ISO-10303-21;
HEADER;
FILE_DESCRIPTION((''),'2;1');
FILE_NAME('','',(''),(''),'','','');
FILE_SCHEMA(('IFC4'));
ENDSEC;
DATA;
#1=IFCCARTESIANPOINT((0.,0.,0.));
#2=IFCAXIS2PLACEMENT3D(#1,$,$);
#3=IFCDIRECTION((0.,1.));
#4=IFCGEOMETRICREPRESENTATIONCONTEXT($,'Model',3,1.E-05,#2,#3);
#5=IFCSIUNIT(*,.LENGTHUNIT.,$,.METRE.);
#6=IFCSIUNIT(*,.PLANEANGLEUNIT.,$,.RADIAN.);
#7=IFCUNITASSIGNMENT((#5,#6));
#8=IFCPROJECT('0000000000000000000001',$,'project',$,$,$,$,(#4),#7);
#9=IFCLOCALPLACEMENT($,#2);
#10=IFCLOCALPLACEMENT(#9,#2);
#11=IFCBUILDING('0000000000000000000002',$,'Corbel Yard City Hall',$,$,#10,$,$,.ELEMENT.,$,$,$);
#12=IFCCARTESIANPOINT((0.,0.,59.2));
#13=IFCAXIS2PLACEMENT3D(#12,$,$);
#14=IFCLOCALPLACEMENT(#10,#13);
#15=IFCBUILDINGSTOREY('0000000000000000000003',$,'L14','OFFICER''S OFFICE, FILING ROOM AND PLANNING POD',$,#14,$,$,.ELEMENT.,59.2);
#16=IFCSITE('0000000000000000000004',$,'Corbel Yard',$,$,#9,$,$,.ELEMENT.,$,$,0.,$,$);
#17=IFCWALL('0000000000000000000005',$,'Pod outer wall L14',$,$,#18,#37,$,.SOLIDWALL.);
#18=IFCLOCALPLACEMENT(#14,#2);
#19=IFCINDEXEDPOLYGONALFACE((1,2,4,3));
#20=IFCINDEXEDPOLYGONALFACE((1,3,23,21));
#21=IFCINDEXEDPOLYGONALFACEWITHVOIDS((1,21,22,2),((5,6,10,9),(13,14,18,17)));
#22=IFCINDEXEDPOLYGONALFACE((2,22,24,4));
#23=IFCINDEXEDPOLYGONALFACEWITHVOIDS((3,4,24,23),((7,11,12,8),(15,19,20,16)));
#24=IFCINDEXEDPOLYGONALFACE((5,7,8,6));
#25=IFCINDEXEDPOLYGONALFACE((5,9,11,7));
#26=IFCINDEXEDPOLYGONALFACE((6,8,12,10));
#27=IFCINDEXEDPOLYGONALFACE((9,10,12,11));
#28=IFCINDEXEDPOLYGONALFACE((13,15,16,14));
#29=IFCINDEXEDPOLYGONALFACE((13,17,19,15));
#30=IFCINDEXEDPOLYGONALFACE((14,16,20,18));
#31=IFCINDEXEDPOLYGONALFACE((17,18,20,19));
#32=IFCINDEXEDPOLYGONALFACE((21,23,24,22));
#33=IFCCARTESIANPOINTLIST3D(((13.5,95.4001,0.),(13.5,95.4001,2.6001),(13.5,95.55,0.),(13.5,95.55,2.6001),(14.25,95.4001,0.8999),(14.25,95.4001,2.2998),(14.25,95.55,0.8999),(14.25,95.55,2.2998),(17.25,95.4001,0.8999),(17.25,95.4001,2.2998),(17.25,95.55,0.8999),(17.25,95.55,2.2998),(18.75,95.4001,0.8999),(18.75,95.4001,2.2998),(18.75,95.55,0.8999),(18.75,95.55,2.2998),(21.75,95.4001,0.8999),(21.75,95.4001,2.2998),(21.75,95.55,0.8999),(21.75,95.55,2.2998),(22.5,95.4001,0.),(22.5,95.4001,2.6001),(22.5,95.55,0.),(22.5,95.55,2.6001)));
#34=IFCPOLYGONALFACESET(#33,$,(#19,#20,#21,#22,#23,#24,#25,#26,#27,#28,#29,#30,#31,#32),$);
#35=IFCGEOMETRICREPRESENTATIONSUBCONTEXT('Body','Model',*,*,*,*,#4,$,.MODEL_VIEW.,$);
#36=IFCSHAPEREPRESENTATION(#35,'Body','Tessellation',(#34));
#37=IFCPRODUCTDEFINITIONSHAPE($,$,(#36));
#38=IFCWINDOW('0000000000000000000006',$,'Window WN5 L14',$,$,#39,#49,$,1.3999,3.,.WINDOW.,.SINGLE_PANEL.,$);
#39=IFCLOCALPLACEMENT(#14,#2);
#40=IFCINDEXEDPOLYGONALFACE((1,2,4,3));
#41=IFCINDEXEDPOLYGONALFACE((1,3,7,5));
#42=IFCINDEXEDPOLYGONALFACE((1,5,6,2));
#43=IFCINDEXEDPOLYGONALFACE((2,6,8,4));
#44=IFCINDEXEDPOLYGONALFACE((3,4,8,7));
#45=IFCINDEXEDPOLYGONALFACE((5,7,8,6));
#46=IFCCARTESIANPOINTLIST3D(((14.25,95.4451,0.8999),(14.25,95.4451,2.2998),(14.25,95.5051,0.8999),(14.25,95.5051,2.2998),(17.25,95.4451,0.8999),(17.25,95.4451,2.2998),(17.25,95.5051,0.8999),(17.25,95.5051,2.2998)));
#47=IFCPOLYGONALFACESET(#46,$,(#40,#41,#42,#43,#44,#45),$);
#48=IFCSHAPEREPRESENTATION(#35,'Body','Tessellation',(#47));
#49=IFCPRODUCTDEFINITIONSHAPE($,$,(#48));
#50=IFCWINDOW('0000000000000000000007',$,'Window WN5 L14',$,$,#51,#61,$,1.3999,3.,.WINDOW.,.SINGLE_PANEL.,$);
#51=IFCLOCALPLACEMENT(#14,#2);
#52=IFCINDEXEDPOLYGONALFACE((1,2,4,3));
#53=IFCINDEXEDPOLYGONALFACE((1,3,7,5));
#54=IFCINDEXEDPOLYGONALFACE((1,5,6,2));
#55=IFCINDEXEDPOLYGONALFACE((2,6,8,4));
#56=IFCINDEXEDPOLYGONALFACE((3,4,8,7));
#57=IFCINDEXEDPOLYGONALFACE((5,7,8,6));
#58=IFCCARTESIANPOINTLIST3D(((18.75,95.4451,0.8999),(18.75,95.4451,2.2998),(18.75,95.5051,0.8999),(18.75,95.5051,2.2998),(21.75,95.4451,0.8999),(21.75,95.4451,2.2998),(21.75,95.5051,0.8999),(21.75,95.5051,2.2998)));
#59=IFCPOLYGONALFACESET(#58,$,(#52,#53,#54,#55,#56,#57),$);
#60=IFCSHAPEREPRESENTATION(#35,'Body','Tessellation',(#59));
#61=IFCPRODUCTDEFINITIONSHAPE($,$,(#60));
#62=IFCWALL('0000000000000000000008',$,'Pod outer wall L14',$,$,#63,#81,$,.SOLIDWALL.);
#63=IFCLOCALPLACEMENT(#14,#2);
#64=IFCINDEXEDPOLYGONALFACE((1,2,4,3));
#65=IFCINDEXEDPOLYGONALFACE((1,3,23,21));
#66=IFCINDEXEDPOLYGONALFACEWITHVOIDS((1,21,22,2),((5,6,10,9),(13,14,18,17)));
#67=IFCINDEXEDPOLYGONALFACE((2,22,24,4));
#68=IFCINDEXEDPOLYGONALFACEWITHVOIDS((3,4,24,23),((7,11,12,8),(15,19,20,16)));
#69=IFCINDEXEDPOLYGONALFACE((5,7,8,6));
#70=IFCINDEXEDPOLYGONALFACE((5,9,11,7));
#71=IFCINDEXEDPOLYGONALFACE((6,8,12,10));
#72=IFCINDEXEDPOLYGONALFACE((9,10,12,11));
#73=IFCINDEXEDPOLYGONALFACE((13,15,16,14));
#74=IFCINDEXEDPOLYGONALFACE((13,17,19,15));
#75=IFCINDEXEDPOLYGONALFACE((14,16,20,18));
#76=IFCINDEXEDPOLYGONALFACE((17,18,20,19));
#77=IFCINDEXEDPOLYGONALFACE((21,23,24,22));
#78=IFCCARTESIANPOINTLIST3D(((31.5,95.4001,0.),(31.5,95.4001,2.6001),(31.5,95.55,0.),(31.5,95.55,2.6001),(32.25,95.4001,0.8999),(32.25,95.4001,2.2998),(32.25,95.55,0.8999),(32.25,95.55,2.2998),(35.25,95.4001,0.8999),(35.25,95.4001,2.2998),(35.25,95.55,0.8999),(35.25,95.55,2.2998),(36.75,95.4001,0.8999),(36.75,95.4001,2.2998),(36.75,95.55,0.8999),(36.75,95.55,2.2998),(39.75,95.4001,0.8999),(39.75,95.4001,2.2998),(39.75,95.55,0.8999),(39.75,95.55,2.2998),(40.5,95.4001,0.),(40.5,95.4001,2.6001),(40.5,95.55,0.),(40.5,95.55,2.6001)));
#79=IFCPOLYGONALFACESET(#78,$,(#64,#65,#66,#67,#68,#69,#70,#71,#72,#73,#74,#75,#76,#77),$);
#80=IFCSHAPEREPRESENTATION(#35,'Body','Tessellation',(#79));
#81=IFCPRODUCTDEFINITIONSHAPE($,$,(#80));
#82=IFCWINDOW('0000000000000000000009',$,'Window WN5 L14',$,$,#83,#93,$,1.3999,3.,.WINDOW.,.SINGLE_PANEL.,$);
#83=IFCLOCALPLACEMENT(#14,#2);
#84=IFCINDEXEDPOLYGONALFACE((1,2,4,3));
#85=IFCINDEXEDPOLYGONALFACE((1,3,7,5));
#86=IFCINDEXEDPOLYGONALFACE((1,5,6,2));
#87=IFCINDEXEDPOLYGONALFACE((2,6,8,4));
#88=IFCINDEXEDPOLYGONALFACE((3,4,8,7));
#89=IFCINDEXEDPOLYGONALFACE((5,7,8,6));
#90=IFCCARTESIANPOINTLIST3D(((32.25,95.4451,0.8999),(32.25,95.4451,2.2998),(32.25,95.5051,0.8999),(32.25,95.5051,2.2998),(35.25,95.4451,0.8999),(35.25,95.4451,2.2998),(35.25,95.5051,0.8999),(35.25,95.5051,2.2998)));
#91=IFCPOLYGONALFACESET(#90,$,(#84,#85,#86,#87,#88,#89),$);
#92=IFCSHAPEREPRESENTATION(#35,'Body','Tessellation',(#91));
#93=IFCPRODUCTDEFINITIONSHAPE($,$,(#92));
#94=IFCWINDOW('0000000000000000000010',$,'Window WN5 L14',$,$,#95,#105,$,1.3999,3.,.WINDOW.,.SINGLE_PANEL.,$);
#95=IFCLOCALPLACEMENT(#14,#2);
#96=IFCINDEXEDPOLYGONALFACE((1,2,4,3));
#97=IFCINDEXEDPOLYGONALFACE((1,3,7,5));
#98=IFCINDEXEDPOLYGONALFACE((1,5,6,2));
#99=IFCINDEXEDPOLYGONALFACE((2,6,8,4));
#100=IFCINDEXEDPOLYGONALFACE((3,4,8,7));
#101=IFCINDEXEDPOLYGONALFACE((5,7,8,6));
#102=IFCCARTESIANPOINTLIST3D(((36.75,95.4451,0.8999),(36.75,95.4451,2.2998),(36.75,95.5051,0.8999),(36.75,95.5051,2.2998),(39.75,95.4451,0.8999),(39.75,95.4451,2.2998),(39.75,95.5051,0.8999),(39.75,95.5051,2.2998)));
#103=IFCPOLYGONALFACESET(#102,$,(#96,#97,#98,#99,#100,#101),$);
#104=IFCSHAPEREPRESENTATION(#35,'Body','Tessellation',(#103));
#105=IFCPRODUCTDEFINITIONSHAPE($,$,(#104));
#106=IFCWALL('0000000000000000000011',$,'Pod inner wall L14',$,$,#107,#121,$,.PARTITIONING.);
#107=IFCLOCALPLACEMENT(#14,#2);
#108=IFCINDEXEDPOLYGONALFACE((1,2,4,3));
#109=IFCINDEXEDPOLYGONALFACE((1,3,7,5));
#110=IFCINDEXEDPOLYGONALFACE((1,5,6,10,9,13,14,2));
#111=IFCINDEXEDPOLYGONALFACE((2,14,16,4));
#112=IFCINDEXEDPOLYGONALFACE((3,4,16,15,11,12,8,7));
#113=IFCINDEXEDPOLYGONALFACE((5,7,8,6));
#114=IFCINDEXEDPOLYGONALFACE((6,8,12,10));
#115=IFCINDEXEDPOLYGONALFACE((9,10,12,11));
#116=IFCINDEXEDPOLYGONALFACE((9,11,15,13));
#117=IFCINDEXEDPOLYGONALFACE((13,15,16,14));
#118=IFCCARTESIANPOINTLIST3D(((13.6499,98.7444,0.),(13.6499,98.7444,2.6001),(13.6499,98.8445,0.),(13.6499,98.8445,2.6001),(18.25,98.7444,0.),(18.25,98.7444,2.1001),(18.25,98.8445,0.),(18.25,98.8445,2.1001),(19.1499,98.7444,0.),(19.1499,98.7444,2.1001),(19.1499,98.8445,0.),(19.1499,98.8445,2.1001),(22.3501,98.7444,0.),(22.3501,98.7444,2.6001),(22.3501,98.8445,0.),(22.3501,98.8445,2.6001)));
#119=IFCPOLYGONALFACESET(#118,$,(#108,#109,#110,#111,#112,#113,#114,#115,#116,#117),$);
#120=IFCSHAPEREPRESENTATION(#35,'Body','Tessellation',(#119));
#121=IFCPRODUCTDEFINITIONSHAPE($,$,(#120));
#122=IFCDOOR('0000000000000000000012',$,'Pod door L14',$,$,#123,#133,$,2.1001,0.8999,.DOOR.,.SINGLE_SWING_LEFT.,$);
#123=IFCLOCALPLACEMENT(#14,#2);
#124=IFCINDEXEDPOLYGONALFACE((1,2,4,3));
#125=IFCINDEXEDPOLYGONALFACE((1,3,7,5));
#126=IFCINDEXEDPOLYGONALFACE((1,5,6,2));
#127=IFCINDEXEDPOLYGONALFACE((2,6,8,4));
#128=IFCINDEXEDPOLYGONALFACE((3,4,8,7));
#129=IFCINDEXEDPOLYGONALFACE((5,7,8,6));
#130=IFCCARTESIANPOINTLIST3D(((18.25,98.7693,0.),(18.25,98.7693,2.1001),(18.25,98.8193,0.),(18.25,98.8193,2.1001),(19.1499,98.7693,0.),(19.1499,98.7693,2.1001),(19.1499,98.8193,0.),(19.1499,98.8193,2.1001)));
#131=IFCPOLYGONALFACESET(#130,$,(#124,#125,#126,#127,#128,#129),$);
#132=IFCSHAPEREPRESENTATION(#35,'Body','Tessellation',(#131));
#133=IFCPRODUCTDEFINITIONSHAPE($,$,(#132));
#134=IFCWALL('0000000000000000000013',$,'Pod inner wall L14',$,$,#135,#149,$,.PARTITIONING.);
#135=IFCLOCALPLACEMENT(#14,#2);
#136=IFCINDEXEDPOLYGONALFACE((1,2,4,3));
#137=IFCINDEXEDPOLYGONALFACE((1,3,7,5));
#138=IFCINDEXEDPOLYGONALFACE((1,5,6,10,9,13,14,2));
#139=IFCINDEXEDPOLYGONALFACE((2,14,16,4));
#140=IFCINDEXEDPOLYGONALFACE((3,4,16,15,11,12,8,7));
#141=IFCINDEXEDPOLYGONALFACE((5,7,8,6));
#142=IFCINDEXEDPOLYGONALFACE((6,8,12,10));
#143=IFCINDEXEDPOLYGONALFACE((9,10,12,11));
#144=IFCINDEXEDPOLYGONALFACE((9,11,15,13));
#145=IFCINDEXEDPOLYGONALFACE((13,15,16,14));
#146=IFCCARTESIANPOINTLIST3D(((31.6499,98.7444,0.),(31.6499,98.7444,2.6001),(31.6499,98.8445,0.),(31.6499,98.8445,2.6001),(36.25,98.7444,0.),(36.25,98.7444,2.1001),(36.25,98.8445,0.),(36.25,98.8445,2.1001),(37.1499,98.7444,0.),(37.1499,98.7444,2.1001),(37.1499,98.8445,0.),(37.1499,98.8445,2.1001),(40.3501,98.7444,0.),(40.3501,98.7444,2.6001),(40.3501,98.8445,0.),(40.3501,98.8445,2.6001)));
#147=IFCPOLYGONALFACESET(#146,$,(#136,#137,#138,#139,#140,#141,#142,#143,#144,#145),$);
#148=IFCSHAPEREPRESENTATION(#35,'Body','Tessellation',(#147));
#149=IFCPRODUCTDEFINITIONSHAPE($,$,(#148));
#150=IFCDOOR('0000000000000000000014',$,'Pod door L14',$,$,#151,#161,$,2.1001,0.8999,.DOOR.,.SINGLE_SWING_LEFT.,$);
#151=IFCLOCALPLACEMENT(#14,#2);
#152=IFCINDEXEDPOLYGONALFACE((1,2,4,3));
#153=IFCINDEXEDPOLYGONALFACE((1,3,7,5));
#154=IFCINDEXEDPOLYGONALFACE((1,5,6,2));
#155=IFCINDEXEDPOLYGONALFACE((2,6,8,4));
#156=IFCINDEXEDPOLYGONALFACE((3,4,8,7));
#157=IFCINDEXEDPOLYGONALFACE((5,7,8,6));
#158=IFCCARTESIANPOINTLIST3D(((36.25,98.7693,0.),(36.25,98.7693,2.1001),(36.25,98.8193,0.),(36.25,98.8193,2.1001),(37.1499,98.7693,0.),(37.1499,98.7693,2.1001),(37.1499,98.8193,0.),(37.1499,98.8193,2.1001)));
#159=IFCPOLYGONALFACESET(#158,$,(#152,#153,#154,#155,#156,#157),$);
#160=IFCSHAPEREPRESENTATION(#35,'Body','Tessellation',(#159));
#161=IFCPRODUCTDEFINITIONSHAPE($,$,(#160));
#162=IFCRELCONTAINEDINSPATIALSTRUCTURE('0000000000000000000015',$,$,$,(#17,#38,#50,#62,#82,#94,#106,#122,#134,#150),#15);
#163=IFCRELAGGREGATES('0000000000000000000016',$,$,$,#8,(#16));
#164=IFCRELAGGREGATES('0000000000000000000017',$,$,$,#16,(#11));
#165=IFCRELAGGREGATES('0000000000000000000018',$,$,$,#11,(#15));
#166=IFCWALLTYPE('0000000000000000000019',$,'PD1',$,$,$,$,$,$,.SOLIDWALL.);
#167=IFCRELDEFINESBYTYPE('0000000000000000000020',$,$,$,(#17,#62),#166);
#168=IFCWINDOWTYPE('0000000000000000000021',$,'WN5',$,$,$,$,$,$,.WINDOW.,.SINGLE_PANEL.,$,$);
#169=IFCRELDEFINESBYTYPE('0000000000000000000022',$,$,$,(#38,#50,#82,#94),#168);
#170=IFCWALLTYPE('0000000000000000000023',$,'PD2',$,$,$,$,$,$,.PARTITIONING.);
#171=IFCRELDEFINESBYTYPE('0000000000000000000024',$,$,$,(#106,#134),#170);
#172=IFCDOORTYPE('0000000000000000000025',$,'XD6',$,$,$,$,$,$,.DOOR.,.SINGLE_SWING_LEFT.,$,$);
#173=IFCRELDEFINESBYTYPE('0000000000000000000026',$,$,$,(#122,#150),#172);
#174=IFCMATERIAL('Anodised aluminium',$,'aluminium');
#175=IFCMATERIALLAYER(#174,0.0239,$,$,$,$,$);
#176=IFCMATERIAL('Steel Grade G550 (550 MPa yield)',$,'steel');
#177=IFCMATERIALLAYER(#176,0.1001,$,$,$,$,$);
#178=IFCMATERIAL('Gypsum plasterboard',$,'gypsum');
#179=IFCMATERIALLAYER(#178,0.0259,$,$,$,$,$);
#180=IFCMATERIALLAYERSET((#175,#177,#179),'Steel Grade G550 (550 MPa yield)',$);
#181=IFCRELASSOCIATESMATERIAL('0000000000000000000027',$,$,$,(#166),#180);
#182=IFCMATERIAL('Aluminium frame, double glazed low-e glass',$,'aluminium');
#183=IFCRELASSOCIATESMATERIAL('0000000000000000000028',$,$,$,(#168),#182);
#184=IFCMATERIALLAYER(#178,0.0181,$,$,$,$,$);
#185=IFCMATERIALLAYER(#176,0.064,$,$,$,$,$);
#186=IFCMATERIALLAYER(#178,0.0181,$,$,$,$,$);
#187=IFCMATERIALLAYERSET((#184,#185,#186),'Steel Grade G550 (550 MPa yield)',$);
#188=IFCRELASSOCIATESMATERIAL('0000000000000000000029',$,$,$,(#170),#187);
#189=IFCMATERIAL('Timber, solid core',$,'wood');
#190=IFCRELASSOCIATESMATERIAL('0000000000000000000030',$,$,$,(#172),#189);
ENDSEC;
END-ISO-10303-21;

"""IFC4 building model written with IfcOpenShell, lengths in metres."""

from ifc_helpers import new_model, si_unit, direction, frame, frame_2d, origin, place, context, subcontext, project, spatial, rectangle, extrude, material, layer, layer_set, type_object, element, fill, save


model = new_model("IFC4")

# Units and contexts
model_context = context("Model", 3, precision=1e-05, world=origin(), true_north=direction((0.0, 1.0)))
body_context = subcontext(model_context, "Body", "Model", "MODEL_VIEW")
ifc_project = project(units=[si_unit("LENGTHUNIT", "METRE"), si_unit("PLANEANGLEUNIT", "RADIAN")], contexts=[model_context])

# Site, building, storey
site_placement = place(None, origin())
site = spatial("IfcSite", under=ifc_project, at=site_placement, Name="Corbel Yard", CompositionType="ELEMENT", RefElevation=0.0)
building_placement = place(site_placement, origin())
building = spatial("IfcBuilding", under=site, at=building_placement, Name="Corbel Yard City Hall", CompositionType="ELEMENT")
storey_placement = place(building_placement, frame((0.0, 0.0, 59.2)))
storey = spatial("IfcBuildingStorey", under=building, at=storey_placement, Name="L14", Description="OFFICER'S OFFICE, FILING ROOM AND PLANNING POD", CompositionType="ELEMENT", Elevation=59.2)

# Walls, openings, windows
ifc_material_1 = material(Name="Anodised aluminium", Category="aluminium")
ifc_layer_1 = layer(ifc_material_1, 0.0239)
ifc_material_2 = material(Name="Steel Grade G550 (550 MPa yield)", Category="steel")
ifc_layer_2 = layer(ifc_material_2, 0.1001)
ifc_material_3 = material(Name="Gypsum plasterboard", Category="gypsum")
ifc_layer_3 = layer(ifc_material_3, 0.0259)
ifc_layer_set_1 = layer_set([ifc_layer_1, ifc_layer_2, ifc_layer_3], Name="Steel Grade G550 (550 MPa yield)")
wall_type_1 = type_object("IfcWallType", Name="PD1", PredefinedType="SOLIDWALL", material=ifc_layer_set_1)
wall_1_placement = place(storey_placement, frame((13.5, 95.4751, 0.0), z_axis=(0.0, 0.0, 1.0), x_axis=(1.0, 0.0, 0.0)))
wall_1 = element("IfcWall", 1, at=wall_1_placement, inside=storey, type_object=wall_type_1, Name="Pod outer wall L14", PredefinedType="SOLIDWALL", context=body_context, shape_type="SweptSolid", body=[
    extrude(rectangle(XDim=9.0, YDim=0.1499, at=frame_2d((4.5, 0.0))), origin(), (0.0, 0.0, 1.0), 2.6001),
])
opening_1_placement = place(wall_1_placement, frame((0.75, 0.0, 0.8999)))
opening_1 = element("IfcOpeningElement", 2, at=opening_1_placement, cuts=wall_1, PredefinedType="OPENING", context=body_context, shape_type="SweptSolid", body=[
    extrude(rectangle(XDim=3.0, YDim=1.3999, at=frame_2d((1.5, 0.7))), frame((0.0, 0.085, 0.0), z_axis=(0.0, -1.0, 0.0), x_axis=(1.0, 0.0, 0.0)), (0.0, 0.0, 1.0), 0.1699),
])
opening_2_placement = place(wall_1_placement, frame((5.25, 0.0, 0.8999)))
opening_2 = element("IfcOpeningElement", 3, at=opening_2_placement, cuts=wall_1, PredefinedType="OPENING", context=body_context, shape_type="SweptSolid", body=[
    extrude(rectangle(XDim=3.0, YDim=1.3999, at=frame_2d((1.5, 0.7))), frame((0.0, 0.085, 0.0), z_axis=(0.0, -1.0, 0.0), x_axis=(1.0, 0.0, 0.0)), (0.0, 0.0, 1.0), 0.1699),
])
ifc_material_4 = material(Name="Aluminium frame, double glazed low-e glass", Category="aluminium")
window_type_1 = type_object("IfcWindowType", Name="WN5", PartitioningType="SINGLE_PANEL", PredefinedType="WINDOW", material=ifc_material_4)
window_1_placement = place(opening_1_placement, origin())
window_1 = element("IfcWindow", 4, at=window_1_placement, inside=storey, type_object=window_type_1, Name="Window WN5 L14", OverallHeight=1.3999, OverallWidth=3.0, PartitioningType="SINGLE_PANEL", PredefinedType="WINDOW", context=body_context, shape_type="SweptSolid", body=[
    extrude(rectangle(XDim=3.0, YDim=1.3999, at=frame_2d((1.5, 0.7))), frame((0.0, 0.03, 0.0), z_axis=(0.0, -1.0, 0.0), x_axis=(1.0, 0.0, 0.0)), (0.0, 0.0, 1.0), 0.0601),
])
fill(opening_1, window_1)
window_2_placement = place(opening_2_placement, origin())
window_2 = element("IfcWindow", 5, at=window_2_placement, inside=storey, type_object=window_type_1, Name="Window WN5 L14", OverallHeight=1.3999, OverallWidth=3.0, PartitioningType="SINGLE_PANEL", PredefinedType="WINDOW", context=body_context, shape_type="SweptSolid", body=[
    extrude(rectangle(XDim=3.0, YDim=1.3999, at=frame_2d((1.5, 0.7))), frame((0.0, 0.03, 0.0), z_axis=(0.0, -1.0, 0.0), x_axis=(1.0, 0.0, 0.0)), (0.0, 0.0, 1.0), 0.0601),
])
fill(opening_2, window_2)
wall_2_placement = place(storey_placement, frame((31.5, 95.4751, 0.0), z_axis=(0.0, 0.0, 1.0), x_axis=(1.0, 0.0, 0.0)))
wall_2 = element("IfcWall", 6, at=wall_2_placement, inside=storey, type_object=wall_type_1, Name="Pod outer wall L14", PredefinedType="SOLIDWALL", context=body_context, shape_type="SweptSolid", body=[
    extrude(rectangle(XDim=9.0, YDim=0.1499, at=frame_2d((4.5, 0.0))), origin(), (0.0, 0.0, 1.0), 2.6001),
])
opening_3_placement = place(wall_2_placement, frame((0.75, 0.0, 0.8999)))
opening_3 = element("IfcOpeningElement", 7, at=opening_3_placement, cuts=wall_2, PredefinedType="OPENING", context=body_context, shape_type="SweptSolid", body=[
    extrude(rectangle(XDim=3.0, YDim=1.3999, at=frame_2d((1.5, 0.7))), frame((0.0, 0.085, 0.0), z_axis=(0.0, -1.0, 0.0), x_axis=(1.0, 0.0, 0.0)), (0.0, 0.0, 1.0), 0.1699),
])
opening_4_placement = place(wall_2_placement, frame((5.25, 0.0, 0.8999)))
opening_4 = element("IfcOpeningElement", 8, at=opening_4_placement, cuts=wall_2, PredefinedType="OPENING", context=body_context, shape_type="SweptSolid", body=[
    extrude(rectangle(XDim=3.0, YDim=1.3999, at=frame_2d((1.5, 0.7))), frame((0.0, 0.085, 0.0), z_axis=(0.0, -1.0, 0.0), x_axis=(1.0, 0.0, 0.0)), (0.0, 0.0, 1.0), 0.1699),
])
window_3_placement = place(opening_3_placement, origin())
window_3 = element("IfcWindow", 9, at=window_3_placement, inside=storey, type_object=window_type_1, Name="Window WN5 L14", OverallHeight=1.3999, OverallWidth=3.0, PartitioningType="SINGLE_PANEL", PredefinedType="WINDOW", context=body_context, shape_type="SweptSolid", body=[
    extrude(rectangle(XDim=3.0, YDim=1.3999, at=frame_2d((1.5, 0.7))), frame((0.0, 0.03, 0.0), z_axis=(0.0, -1.0, 0.0), x_axis=(1.0, 0.0, 0.0)), (0.0, 0.0, 1.0), 0.0601),
])
fill(opening_3, window_3)
window_4_placement = place(opening_4_placement, origin())
window_4 = element("IfcWindow", 10, at=window_4_placement, inside=storey, type_object=window_type_1, Name="Window WN5 L14", OverallHeight=1.3999, OverallWidth=3.0, PartitioningType="SINGLE_PANEL", PredefinedType="WINDOW", context=body_context, shape_type="SweptSolid", body=[
    extrude(rectangle(XDim=3.0, YDim=1.3999, at=frame_2d((1.5, 0.7))), frame((0.0, 0.03, 0.0), z_axis=(0.0, -1.0, 0.0), x_axis=(1.0, 0.0, 0.0)), (0.0, 0.0, 1.0), 0.0601),
])
fill(opening_4, window_4)

# Walls, openings, doors
ifc_layer_4 = layer(ifc_material_3, 0.0181)
ifc_layer_5 = layer(ifc_material_2, 0.064)
ifc_layer_6 = layer(ifc_material_3, 0.0181)
ifc_layer_set_2 = layer_set([ifc_layer_4, ifc_layer_5, ifc_layer_6], Name="Steel Grade G550 (550 MPa yield)")
wall_type_2 = type_object("IfcWallType", Name="PD2", PredefinedType="PARTITIONING", material=ifc_layer_set_2)
wall_3_placement = place(storey_placement, frame((13.6499, 98.7944, 0.0), z_axis=(0.0, 0.0, 1.0), x_axis=(1.0, 0.0, 0.0)))
wall_3 = element("IfcWall", 11, at=wall_3_placement, inside=storey, type_object=wall_type_2, Name="Pod inner wall L14", PredefinedType="PARTITIONING", context=body_context, shape_type="SweptSolid", body=[
    extrude(rectangle(XDim=8.7002, YDim=0.1001, at=frame_2d((4.3501, 0.0))), origin(), (0.0, 0.0, 1.0), 2.6001),
])
opening_5_placement = place(wall_3_placement, frame((4.6001, 0.0, 0.0)))
opening_5 = element("IfcOpeningElement", 12, at=opening_5_placement, cuts=wall_3, PredefinedType="OPENING", context=body_context, shape_type="SweptSolid", body=[
    extrude(rectangle(XDim=0.8999, YDim=2.1001, at=frame_2d((0.45, 1.05))), frame((0.0, 0.0601, 0.0), z_axis=(0.0, -1.0, 0.0), x_axis=(1.0, 0.0, 0.0)), (0.0, 0.0, 1.0), 0.1201),
])
ifc_material_5 = material(Name="Timber, solid core", Category="wood")
door_type = type_object("IfcDoorType", Name="XD6", OperationType="SINGLE_SWING_LEFT", PredefinedType="DOOR", material=ifc_material_5)
door_1_placement = place(opening_5_placement, origin())
door_1 = element("IfcDoor", 13, at=door_1_placement, inside=storey, type_object=door_type, Name="Pod door L14", OperationType="SINGLE_SWING_LEFT", OverallHeight=2.1001, OverallWidth=0.8999, PredefinedType="DOOR", context=body_context, shape_type="SweptSolid", body=[
    extrude(rectangle(XDim=0.8999, YDim=2.1001, at=frame_2d((0.45, 1.05))), frame((0.0, 0.0249, 0.0), z_axis=(0.0, -1.0, 0.0), x_axis=(1.0, 0.0, 0.0)), (0.0, 0.0, 1.0), 0.05),
])
fill(opening_5, door_1)
wall_4_placement = place(storey_placement, frame((31.6499, 98.7944, 0.0), z_axis=(0.0, 0.0, 1.0), x_axis=(1.0, 0.0, 0.0)))
wall_4 = element("IfcWall", 14, at=wall_4_placement, inside=storey, type_object=wall_type_2, Name="Pod inner wall L14", PredefinedType="PARTITIONING", context=body_context, shape_type="SweptSolid", body=[
    extrude(rectangle(XDim=8.7002, YDim=0.1001, at=frame_2d((4.3501, 0.0))), origin(), (0.0, 0.0, 1.0), 2.6001),
])
opening_6_placement = place(wall_4_placement, frame((4.6001, 0.0, 0.0)))
opening_6 = element("IfcOpeningElement", 15, at=opening_6_placement, cuts=wall_4, PredefinedType="OPENING", context=body_context, shape_type="SweptSolid", body=[
    extrude(rectangle(XDim=0.8999, YDim=2.1001, at=frame_2d((0.45, 1.05))), frame((0.0, 0.0601, 0.0), z_axis=(0.0, -1.0, 0.0), x_axis=(1.0, 0.0, 0.0)), (0.0, 0.0, 1.0), 0.1201),
])
door_2_placement = place(opening_6_placement, origin())
door_2 = element("IfcDoor", 16, at=door_2_placement, inside=storey, type_object=door_type, Name="Pod door L14", OperationType="SINGLE_SWING_LEFT", OverallHeight=2.1001, OverallWidth=0.8999, PredefinedType="DOOR", context=body_context, shape_type="SweptSolid", body=[
    extrude(rectangle(XDim=0.8999, YDim=2.1001, at=frame_2d((0.45, 1.05))), frame((0.0, 0.0249, 0.0), z_axis=(0.0, -1.0, 0.0), x_axis=(1.0, 0.0, 0.0)), (0.0, 0.0, 1.0), 0.05),
])
fill(opening_6, door_2)

save(model, "model.ifc")
